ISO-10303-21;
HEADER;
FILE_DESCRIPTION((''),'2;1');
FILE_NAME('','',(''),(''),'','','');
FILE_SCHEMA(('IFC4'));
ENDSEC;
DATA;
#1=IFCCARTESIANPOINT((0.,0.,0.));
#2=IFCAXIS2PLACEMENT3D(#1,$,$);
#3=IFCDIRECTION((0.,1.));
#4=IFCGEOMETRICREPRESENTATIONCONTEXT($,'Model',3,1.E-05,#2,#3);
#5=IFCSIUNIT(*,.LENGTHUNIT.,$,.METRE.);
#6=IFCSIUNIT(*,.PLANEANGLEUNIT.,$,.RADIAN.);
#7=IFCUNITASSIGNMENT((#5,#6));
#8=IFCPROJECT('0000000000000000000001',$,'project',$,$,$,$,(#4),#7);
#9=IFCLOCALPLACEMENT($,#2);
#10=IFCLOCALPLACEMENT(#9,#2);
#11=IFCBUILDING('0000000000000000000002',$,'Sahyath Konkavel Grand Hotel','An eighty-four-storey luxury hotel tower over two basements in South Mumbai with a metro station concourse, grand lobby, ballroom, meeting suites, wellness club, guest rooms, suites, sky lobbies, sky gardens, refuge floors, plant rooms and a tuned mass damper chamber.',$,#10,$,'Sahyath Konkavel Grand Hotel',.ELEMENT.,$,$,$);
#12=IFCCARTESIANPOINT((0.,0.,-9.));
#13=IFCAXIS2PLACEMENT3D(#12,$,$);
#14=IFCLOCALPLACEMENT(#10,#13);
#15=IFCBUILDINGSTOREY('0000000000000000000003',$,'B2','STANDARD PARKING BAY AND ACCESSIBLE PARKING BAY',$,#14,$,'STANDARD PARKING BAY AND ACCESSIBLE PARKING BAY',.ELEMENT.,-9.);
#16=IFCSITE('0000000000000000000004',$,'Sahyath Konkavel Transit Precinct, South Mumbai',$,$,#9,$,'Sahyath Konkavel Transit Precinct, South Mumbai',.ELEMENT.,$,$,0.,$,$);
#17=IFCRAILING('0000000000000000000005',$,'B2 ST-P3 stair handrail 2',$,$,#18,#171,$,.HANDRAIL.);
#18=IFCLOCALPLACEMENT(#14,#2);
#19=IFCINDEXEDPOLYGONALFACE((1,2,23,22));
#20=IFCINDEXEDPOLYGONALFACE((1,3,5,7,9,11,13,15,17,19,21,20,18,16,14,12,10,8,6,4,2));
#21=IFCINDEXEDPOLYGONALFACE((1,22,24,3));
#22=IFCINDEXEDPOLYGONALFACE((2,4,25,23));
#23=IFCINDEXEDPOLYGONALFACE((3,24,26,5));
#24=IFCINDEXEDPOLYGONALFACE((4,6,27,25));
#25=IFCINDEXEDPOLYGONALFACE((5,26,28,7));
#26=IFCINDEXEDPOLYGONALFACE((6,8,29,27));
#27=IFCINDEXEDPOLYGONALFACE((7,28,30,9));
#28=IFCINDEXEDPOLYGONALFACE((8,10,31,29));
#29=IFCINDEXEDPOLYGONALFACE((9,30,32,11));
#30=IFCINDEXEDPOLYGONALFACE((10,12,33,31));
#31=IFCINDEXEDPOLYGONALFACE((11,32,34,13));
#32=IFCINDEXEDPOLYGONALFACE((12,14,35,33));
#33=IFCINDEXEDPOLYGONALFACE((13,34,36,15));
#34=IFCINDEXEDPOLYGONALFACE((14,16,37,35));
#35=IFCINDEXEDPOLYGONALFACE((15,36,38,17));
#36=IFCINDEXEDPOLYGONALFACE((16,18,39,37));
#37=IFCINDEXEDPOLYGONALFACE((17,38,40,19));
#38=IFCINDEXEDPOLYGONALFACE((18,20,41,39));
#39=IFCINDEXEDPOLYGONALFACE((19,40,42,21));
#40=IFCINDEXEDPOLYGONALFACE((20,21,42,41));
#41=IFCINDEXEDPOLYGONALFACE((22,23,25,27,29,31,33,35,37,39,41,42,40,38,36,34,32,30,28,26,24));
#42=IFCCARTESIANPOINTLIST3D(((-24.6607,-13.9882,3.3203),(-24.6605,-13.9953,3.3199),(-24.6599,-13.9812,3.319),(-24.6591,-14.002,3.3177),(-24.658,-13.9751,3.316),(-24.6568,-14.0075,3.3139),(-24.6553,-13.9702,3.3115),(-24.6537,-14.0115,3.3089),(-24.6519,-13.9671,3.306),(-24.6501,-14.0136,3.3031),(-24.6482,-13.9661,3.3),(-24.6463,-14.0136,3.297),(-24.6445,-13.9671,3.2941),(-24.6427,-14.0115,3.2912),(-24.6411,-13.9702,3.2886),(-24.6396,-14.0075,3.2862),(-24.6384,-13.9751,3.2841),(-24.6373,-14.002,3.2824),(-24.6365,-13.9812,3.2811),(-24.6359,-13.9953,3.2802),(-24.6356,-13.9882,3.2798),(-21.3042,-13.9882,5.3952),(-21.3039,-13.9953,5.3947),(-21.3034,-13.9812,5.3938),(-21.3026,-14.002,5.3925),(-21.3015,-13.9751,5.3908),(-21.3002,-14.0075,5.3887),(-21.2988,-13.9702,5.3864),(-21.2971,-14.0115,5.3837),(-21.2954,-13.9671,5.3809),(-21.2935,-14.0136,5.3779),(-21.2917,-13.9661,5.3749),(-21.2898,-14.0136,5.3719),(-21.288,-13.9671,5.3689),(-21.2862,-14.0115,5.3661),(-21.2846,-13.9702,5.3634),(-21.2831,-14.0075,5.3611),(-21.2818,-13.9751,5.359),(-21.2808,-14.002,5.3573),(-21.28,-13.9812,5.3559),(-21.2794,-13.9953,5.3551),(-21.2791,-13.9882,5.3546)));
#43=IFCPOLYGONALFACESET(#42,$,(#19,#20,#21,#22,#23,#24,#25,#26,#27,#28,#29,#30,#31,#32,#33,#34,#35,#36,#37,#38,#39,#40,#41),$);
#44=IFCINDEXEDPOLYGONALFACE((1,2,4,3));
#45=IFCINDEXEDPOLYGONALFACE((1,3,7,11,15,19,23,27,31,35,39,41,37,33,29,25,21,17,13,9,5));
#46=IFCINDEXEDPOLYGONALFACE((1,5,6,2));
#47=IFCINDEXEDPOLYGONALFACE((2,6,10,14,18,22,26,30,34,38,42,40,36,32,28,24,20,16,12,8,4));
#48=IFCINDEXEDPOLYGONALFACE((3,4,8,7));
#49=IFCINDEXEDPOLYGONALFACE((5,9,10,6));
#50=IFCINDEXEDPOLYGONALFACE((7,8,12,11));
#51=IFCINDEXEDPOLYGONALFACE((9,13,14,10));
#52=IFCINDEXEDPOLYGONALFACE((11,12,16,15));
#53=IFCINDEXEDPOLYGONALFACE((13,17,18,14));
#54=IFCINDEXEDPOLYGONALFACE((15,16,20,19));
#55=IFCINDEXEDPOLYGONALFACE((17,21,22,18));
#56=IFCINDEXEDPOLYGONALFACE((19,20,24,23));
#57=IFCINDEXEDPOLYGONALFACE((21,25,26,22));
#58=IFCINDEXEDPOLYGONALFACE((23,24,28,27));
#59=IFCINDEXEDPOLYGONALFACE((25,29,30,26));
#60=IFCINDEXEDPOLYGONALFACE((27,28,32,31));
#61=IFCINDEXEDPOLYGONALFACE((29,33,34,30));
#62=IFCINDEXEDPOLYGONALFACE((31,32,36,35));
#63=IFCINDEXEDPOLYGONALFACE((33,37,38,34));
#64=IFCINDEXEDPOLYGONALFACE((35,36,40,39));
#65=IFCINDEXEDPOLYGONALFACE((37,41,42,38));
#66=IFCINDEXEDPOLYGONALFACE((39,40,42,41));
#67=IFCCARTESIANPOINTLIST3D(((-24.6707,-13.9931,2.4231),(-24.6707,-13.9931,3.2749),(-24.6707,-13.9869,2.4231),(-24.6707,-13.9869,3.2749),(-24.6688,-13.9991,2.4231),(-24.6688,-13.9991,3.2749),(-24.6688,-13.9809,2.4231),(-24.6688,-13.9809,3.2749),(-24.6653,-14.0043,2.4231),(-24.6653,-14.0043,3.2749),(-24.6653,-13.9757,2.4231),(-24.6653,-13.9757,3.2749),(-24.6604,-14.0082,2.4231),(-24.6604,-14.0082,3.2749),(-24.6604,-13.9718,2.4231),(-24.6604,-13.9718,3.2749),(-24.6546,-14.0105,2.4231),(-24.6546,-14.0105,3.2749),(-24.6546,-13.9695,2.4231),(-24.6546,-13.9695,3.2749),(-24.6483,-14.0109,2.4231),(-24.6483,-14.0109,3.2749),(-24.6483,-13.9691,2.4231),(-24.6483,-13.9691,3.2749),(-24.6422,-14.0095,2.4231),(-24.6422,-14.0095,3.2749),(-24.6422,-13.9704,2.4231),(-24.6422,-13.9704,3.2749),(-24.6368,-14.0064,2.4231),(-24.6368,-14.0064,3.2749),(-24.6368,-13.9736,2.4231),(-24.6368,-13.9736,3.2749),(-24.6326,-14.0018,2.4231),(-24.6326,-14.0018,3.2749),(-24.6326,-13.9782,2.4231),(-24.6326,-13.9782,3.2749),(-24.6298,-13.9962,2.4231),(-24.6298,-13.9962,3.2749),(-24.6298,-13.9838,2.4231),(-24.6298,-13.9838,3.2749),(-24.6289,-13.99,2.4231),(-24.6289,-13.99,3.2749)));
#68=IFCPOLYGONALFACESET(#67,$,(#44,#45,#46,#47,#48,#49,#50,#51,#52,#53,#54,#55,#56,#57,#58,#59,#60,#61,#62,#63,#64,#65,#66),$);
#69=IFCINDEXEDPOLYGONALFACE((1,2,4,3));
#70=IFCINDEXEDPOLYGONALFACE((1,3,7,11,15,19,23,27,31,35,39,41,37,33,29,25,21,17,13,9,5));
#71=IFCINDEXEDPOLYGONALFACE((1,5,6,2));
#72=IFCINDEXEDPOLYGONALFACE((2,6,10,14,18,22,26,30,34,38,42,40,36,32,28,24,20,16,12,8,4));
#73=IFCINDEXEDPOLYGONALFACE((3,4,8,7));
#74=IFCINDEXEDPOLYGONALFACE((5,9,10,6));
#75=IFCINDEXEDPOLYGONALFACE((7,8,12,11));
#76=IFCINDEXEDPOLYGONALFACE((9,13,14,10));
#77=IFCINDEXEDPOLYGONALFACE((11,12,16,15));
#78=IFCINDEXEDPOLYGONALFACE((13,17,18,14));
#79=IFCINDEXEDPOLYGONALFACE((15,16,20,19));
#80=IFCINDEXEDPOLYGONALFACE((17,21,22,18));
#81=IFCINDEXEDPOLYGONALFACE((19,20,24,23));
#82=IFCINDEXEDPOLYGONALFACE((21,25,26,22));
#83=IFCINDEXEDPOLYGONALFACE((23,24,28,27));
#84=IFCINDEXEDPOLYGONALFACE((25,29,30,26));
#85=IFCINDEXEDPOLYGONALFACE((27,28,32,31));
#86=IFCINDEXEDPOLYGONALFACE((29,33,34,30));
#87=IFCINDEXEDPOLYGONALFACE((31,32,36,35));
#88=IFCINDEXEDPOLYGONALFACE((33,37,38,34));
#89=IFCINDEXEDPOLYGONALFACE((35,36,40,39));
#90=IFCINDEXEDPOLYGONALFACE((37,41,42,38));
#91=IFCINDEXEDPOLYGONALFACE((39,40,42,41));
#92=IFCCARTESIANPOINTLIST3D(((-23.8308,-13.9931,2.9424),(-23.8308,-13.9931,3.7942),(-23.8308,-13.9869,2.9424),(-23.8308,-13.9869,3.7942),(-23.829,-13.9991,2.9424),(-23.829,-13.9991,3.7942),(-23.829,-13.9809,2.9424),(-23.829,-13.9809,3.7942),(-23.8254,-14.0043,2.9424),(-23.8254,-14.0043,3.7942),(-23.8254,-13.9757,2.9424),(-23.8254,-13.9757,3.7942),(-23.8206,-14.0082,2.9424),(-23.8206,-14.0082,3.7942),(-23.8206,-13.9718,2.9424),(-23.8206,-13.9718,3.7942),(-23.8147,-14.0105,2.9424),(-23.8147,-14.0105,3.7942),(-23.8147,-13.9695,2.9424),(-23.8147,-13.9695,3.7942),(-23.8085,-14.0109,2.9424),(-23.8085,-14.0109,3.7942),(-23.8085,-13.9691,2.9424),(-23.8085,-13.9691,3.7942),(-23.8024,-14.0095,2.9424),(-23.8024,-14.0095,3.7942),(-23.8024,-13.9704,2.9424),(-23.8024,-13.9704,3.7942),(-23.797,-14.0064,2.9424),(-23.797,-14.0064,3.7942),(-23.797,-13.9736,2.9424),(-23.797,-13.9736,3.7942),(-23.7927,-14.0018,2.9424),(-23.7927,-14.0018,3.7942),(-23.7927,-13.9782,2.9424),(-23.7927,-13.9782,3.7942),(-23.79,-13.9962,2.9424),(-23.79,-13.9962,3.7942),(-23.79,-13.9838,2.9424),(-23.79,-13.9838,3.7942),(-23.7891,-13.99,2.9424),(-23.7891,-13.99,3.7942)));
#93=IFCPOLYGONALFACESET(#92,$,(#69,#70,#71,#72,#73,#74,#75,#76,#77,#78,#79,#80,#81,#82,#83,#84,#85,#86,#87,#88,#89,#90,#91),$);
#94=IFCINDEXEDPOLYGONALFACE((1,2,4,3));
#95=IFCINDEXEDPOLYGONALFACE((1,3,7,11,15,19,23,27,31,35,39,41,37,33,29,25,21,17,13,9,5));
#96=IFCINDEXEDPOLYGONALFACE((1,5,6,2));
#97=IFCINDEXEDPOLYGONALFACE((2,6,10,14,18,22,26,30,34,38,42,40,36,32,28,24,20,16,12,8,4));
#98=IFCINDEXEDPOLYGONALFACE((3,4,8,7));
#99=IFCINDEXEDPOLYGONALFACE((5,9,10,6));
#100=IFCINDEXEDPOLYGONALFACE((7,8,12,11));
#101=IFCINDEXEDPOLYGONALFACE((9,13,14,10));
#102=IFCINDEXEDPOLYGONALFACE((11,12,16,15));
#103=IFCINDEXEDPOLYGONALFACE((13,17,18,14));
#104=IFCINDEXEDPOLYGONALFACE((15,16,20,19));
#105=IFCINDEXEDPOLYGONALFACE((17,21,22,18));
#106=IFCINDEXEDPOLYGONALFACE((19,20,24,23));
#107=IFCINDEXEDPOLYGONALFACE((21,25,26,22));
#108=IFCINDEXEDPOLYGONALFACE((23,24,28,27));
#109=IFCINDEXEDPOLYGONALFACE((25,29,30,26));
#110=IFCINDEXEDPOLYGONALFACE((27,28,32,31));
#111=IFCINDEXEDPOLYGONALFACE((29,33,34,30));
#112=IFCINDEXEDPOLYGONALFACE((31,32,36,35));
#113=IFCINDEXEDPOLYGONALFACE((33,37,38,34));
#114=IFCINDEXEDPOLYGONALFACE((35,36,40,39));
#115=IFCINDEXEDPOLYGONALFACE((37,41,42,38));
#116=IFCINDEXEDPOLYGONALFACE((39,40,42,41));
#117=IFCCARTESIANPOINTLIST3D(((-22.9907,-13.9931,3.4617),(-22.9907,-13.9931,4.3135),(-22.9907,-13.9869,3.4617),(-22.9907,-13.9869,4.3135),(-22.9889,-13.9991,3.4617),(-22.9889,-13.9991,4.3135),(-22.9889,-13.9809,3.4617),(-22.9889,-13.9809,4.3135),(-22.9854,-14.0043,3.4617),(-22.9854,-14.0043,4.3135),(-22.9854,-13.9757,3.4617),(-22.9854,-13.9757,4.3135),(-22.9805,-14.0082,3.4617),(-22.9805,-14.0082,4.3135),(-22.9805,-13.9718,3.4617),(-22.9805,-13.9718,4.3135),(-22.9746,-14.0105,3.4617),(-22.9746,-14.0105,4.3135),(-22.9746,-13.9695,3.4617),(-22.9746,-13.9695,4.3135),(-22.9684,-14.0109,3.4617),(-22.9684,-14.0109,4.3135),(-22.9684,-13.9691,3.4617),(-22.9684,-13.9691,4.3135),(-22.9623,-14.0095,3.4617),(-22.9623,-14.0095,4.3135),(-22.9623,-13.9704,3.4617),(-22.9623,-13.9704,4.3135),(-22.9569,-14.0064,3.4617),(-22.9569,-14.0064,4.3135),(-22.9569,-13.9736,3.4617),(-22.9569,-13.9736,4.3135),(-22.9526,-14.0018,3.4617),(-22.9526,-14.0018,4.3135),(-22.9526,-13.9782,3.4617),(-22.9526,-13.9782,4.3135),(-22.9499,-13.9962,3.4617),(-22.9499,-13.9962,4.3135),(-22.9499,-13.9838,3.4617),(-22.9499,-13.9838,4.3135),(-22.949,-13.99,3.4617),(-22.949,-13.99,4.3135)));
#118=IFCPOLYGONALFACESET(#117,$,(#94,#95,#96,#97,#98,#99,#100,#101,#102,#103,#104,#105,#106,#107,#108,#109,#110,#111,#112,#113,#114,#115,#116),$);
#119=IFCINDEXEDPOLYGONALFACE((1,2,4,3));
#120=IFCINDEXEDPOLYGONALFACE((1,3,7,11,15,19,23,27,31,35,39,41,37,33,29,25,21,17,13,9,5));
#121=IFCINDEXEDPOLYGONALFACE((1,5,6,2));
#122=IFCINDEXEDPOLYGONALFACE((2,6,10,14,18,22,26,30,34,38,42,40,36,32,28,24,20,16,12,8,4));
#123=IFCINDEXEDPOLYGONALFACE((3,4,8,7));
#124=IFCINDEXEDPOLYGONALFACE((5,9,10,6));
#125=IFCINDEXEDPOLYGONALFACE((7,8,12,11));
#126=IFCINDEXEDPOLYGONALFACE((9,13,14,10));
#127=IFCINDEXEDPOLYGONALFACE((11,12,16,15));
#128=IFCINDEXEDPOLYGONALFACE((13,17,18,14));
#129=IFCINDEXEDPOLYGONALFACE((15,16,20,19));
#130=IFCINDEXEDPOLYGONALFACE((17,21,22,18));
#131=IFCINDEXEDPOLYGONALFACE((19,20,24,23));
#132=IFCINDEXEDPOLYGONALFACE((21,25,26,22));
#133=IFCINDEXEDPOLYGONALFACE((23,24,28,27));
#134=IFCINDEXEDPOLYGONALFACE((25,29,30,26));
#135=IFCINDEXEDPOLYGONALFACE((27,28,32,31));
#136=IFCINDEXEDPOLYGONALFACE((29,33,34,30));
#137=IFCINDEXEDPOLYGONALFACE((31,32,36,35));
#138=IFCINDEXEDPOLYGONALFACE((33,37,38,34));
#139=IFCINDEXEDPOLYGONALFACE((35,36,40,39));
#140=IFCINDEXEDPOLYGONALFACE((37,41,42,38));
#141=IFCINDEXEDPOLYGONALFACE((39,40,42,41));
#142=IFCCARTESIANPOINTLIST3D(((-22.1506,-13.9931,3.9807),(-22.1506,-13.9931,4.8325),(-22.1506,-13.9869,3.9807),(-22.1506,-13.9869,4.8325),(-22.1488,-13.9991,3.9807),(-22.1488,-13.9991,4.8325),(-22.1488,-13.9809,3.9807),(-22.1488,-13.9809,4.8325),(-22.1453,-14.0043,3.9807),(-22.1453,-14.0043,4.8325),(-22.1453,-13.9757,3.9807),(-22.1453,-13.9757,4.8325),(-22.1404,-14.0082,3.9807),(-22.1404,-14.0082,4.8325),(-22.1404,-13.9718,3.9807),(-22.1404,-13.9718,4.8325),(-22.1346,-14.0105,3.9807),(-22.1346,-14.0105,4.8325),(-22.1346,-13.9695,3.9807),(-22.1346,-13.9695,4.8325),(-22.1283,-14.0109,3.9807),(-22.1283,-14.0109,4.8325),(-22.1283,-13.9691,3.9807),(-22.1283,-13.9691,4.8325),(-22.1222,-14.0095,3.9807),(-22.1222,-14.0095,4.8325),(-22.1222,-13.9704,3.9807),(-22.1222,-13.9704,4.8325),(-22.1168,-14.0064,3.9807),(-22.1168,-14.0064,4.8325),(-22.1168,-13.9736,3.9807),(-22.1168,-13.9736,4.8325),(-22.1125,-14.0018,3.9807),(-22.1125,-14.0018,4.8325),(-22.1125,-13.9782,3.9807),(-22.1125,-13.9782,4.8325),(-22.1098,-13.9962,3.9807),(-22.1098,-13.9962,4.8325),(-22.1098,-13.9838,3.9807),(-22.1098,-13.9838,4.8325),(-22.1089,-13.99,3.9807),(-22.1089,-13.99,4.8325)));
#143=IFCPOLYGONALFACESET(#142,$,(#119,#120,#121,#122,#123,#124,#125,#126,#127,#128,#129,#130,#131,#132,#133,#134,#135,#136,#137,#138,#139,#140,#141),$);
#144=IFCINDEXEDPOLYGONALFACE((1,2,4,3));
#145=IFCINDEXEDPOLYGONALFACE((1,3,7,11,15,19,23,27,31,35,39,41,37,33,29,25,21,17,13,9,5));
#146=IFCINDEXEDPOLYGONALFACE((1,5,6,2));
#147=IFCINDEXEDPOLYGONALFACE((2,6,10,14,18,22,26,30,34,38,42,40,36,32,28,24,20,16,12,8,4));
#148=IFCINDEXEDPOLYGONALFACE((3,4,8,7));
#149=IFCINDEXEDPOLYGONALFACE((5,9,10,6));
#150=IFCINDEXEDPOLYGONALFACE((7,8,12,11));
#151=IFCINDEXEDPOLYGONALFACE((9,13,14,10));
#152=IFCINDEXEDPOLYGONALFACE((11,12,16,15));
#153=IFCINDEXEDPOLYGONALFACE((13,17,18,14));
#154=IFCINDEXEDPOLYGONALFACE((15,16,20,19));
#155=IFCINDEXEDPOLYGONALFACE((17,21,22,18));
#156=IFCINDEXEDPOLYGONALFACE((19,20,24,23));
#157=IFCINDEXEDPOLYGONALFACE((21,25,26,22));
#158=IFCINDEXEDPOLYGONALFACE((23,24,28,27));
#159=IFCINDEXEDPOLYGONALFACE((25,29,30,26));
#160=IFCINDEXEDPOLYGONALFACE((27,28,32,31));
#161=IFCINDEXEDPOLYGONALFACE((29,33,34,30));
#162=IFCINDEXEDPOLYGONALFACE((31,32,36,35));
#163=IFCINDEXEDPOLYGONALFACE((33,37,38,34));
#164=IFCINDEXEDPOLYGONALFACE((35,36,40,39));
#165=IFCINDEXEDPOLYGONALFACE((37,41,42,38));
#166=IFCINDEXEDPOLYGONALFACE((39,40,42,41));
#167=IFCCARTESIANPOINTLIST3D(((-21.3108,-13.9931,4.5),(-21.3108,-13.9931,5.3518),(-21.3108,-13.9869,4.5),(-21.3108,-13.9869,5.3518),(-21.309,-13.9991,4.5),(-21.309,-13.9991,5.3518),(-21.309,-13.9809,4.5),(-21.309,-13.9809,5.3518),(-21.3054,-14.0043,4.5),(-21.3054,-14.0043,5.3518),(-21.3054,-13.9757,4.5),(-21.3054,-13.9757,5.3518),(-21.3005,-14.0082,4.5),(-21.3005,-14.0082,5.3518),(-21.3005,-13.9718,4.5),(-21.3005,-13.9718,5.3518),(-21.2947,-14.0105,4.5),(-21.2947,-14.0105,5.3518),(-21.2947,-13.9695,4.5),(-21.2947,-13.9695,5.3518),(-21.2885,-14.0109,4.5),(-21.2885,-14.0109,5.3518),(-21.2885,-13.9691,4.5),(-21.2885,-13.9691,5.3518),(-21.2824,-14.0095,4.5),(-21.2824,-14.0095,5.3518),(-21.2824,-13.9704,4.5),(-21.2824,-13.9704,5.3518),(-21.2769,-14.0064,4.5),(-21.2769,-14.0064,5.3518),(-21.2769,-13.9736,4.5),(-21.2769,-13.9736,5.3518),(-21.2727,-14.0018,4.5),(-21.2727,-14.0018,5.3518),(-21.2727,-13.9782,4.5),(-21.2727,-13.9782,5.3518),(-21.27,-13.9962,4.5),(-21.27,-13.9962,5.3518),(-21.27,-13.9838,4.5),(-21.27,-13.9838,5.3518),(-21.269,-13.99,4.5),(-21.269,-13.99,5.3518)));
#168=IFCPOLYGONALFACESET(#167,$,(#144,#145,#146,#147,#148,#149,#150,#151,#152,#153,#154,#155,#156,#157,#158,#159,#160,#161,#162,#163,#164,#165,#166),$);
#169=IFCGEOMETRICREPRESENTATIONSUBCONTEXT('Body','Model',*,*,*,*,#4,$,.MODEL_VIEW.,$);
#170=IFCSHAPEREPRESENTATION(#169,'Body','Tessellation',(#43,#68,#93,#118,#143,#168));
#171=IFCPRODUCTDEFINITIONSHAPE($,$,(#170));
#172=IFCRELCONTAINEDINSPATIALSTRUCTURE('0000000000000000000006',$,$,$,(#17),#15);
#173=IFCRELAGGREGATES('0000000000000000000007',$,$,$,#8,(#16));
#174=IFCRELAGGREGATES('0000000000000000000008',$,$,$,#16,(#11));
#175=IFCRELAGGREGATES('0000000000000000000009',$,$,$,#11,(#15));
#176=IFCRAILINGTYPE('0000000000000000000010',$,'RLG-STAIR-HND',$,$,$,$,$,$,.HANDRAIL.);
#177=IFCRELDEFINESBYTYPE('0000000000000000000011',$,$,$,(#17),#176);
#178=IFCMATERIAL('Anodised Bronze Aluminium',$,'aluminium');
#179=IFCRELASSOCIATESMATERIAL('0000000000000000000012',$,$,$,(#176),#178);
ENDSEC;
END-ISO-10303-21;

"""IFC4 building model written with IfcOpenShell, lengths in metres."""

from ifc_helpers import new_model, si_unit, direction, frame, origin, origin_2d, place, context, subcontext, project, spatial, circle, extrude, material, type_object, element, save


model = new_model("IFC4")

# Units and contexts
model_context = context("Model", 3, precision=1e-05, world=origin(), true_north=direction((0.0, 1.0)))
body_context = subcontext(model_context, "Body", "Model", "MODEL_VIEW")
ifc_project = project(units=[si_unit("LENGTHUNIT", "METRE"), si_unit("PLANEANGLEUNIT", "RADIAN")], contexts=[model_context])

# Site, building, storey
site_placement = place(None, origin())
site = spatial("IfcSite", under=ifc_project, at=site_placement, Name="Sahyath Konkavel Transit Precinct, South Mumbai", LongName="Sahyath Konkavel Transit Precinct, South Mumbai", CompositionType="ELEMENT", RefElevation=0.0)
building_placement = place(site_placement, origin())
building = spatial("IfcBuilding", under=site, at=building_placement, Name="Sahyath Konkavel Grand Hotel", Description="An eighty-four-storey luxury hotel tower over two basements in South Mumbai with a metro station concourse, grand lobby, ballroom, meeting suites, wellness club, guest rooms, suites, sky lobbies, sky gardens, refuge floors, plant rooms and a tuned mass damper chamber.", LongName="Sahyath Konkavel Grand Hotel", CompositionType="ELEMENT")
storey_placement = place(building_placement, frame((0.0, 0.0, -9.0)))
storey = spatial("IfcBuildingStorey", under=building, at=storey_placement, Name="B2", Description="STANDARD PARKING BAY AND ACCESSIBLE PARKING BAY", LongName="STANDARD PARKING BAY AND ACCESSIBLE PARKING BAY", CompositionType="ELEMENT", Elevation=-9.0)

# Railing
ifc_material_1 = material(Name="Anodised Bronze Aluminium", Category="aluminium")
railing_type_1 = type_object("IfcRailingType", Name="RLG-STAIR-HND", PredefinedType="HANDRAIL", material=ifc_material_1)
railing_1_placement = place(storey_placement, frame((-24.6499, -13.99, 2.4231)))
element("IfcRailing", 1, at=railing_1_placement, inside=storey, type_object=railing_type_1, Name="B2 ST-P3 stair handrail 2", PredefinedType="HANDRAIL", context=body_context, shape_type="SweptSolid", body=[
    extrude(circle(Radius=0.0239, at=origin_2d()), frame((0.0017, 0.0, 0.877), z_axis=(0.850606, 0.0, 0.525803), x_axis=(0.0, 1.0, 0.0)), (0.0, 0.0, 1.0), 3.946),
    extrude(circle(Radius=0.021, at=origin_2d()), origin(), (0.0, 0.0, 1.0), 0.8518),
    extrude(circle(Radius=0.021, at=origin_2d()), frame((0.8398, 0.0, 0.5193)), (0.0, 0.0, 1.0), 0.8518),
    extrude(circle(Radius=0.021, at=origin_2d()), frame((1.6799, 0.0, 1.0386)), (0.0, 0.0, 1.0), 0.8518),
    extrude(circle(Radius=0.021, at=origin_2d()), frame((2.52, 0.0, 1.5576)), (0.0, 0.0, 1.0), 0.8518),
    extrude(circle(Radius=0.021, at=origin_2d()), frame((3.3599, 0.0, 2.0769)), (0.0, 0.0, 1.0), 0.8518),
])

save(model, "model.ifc")
